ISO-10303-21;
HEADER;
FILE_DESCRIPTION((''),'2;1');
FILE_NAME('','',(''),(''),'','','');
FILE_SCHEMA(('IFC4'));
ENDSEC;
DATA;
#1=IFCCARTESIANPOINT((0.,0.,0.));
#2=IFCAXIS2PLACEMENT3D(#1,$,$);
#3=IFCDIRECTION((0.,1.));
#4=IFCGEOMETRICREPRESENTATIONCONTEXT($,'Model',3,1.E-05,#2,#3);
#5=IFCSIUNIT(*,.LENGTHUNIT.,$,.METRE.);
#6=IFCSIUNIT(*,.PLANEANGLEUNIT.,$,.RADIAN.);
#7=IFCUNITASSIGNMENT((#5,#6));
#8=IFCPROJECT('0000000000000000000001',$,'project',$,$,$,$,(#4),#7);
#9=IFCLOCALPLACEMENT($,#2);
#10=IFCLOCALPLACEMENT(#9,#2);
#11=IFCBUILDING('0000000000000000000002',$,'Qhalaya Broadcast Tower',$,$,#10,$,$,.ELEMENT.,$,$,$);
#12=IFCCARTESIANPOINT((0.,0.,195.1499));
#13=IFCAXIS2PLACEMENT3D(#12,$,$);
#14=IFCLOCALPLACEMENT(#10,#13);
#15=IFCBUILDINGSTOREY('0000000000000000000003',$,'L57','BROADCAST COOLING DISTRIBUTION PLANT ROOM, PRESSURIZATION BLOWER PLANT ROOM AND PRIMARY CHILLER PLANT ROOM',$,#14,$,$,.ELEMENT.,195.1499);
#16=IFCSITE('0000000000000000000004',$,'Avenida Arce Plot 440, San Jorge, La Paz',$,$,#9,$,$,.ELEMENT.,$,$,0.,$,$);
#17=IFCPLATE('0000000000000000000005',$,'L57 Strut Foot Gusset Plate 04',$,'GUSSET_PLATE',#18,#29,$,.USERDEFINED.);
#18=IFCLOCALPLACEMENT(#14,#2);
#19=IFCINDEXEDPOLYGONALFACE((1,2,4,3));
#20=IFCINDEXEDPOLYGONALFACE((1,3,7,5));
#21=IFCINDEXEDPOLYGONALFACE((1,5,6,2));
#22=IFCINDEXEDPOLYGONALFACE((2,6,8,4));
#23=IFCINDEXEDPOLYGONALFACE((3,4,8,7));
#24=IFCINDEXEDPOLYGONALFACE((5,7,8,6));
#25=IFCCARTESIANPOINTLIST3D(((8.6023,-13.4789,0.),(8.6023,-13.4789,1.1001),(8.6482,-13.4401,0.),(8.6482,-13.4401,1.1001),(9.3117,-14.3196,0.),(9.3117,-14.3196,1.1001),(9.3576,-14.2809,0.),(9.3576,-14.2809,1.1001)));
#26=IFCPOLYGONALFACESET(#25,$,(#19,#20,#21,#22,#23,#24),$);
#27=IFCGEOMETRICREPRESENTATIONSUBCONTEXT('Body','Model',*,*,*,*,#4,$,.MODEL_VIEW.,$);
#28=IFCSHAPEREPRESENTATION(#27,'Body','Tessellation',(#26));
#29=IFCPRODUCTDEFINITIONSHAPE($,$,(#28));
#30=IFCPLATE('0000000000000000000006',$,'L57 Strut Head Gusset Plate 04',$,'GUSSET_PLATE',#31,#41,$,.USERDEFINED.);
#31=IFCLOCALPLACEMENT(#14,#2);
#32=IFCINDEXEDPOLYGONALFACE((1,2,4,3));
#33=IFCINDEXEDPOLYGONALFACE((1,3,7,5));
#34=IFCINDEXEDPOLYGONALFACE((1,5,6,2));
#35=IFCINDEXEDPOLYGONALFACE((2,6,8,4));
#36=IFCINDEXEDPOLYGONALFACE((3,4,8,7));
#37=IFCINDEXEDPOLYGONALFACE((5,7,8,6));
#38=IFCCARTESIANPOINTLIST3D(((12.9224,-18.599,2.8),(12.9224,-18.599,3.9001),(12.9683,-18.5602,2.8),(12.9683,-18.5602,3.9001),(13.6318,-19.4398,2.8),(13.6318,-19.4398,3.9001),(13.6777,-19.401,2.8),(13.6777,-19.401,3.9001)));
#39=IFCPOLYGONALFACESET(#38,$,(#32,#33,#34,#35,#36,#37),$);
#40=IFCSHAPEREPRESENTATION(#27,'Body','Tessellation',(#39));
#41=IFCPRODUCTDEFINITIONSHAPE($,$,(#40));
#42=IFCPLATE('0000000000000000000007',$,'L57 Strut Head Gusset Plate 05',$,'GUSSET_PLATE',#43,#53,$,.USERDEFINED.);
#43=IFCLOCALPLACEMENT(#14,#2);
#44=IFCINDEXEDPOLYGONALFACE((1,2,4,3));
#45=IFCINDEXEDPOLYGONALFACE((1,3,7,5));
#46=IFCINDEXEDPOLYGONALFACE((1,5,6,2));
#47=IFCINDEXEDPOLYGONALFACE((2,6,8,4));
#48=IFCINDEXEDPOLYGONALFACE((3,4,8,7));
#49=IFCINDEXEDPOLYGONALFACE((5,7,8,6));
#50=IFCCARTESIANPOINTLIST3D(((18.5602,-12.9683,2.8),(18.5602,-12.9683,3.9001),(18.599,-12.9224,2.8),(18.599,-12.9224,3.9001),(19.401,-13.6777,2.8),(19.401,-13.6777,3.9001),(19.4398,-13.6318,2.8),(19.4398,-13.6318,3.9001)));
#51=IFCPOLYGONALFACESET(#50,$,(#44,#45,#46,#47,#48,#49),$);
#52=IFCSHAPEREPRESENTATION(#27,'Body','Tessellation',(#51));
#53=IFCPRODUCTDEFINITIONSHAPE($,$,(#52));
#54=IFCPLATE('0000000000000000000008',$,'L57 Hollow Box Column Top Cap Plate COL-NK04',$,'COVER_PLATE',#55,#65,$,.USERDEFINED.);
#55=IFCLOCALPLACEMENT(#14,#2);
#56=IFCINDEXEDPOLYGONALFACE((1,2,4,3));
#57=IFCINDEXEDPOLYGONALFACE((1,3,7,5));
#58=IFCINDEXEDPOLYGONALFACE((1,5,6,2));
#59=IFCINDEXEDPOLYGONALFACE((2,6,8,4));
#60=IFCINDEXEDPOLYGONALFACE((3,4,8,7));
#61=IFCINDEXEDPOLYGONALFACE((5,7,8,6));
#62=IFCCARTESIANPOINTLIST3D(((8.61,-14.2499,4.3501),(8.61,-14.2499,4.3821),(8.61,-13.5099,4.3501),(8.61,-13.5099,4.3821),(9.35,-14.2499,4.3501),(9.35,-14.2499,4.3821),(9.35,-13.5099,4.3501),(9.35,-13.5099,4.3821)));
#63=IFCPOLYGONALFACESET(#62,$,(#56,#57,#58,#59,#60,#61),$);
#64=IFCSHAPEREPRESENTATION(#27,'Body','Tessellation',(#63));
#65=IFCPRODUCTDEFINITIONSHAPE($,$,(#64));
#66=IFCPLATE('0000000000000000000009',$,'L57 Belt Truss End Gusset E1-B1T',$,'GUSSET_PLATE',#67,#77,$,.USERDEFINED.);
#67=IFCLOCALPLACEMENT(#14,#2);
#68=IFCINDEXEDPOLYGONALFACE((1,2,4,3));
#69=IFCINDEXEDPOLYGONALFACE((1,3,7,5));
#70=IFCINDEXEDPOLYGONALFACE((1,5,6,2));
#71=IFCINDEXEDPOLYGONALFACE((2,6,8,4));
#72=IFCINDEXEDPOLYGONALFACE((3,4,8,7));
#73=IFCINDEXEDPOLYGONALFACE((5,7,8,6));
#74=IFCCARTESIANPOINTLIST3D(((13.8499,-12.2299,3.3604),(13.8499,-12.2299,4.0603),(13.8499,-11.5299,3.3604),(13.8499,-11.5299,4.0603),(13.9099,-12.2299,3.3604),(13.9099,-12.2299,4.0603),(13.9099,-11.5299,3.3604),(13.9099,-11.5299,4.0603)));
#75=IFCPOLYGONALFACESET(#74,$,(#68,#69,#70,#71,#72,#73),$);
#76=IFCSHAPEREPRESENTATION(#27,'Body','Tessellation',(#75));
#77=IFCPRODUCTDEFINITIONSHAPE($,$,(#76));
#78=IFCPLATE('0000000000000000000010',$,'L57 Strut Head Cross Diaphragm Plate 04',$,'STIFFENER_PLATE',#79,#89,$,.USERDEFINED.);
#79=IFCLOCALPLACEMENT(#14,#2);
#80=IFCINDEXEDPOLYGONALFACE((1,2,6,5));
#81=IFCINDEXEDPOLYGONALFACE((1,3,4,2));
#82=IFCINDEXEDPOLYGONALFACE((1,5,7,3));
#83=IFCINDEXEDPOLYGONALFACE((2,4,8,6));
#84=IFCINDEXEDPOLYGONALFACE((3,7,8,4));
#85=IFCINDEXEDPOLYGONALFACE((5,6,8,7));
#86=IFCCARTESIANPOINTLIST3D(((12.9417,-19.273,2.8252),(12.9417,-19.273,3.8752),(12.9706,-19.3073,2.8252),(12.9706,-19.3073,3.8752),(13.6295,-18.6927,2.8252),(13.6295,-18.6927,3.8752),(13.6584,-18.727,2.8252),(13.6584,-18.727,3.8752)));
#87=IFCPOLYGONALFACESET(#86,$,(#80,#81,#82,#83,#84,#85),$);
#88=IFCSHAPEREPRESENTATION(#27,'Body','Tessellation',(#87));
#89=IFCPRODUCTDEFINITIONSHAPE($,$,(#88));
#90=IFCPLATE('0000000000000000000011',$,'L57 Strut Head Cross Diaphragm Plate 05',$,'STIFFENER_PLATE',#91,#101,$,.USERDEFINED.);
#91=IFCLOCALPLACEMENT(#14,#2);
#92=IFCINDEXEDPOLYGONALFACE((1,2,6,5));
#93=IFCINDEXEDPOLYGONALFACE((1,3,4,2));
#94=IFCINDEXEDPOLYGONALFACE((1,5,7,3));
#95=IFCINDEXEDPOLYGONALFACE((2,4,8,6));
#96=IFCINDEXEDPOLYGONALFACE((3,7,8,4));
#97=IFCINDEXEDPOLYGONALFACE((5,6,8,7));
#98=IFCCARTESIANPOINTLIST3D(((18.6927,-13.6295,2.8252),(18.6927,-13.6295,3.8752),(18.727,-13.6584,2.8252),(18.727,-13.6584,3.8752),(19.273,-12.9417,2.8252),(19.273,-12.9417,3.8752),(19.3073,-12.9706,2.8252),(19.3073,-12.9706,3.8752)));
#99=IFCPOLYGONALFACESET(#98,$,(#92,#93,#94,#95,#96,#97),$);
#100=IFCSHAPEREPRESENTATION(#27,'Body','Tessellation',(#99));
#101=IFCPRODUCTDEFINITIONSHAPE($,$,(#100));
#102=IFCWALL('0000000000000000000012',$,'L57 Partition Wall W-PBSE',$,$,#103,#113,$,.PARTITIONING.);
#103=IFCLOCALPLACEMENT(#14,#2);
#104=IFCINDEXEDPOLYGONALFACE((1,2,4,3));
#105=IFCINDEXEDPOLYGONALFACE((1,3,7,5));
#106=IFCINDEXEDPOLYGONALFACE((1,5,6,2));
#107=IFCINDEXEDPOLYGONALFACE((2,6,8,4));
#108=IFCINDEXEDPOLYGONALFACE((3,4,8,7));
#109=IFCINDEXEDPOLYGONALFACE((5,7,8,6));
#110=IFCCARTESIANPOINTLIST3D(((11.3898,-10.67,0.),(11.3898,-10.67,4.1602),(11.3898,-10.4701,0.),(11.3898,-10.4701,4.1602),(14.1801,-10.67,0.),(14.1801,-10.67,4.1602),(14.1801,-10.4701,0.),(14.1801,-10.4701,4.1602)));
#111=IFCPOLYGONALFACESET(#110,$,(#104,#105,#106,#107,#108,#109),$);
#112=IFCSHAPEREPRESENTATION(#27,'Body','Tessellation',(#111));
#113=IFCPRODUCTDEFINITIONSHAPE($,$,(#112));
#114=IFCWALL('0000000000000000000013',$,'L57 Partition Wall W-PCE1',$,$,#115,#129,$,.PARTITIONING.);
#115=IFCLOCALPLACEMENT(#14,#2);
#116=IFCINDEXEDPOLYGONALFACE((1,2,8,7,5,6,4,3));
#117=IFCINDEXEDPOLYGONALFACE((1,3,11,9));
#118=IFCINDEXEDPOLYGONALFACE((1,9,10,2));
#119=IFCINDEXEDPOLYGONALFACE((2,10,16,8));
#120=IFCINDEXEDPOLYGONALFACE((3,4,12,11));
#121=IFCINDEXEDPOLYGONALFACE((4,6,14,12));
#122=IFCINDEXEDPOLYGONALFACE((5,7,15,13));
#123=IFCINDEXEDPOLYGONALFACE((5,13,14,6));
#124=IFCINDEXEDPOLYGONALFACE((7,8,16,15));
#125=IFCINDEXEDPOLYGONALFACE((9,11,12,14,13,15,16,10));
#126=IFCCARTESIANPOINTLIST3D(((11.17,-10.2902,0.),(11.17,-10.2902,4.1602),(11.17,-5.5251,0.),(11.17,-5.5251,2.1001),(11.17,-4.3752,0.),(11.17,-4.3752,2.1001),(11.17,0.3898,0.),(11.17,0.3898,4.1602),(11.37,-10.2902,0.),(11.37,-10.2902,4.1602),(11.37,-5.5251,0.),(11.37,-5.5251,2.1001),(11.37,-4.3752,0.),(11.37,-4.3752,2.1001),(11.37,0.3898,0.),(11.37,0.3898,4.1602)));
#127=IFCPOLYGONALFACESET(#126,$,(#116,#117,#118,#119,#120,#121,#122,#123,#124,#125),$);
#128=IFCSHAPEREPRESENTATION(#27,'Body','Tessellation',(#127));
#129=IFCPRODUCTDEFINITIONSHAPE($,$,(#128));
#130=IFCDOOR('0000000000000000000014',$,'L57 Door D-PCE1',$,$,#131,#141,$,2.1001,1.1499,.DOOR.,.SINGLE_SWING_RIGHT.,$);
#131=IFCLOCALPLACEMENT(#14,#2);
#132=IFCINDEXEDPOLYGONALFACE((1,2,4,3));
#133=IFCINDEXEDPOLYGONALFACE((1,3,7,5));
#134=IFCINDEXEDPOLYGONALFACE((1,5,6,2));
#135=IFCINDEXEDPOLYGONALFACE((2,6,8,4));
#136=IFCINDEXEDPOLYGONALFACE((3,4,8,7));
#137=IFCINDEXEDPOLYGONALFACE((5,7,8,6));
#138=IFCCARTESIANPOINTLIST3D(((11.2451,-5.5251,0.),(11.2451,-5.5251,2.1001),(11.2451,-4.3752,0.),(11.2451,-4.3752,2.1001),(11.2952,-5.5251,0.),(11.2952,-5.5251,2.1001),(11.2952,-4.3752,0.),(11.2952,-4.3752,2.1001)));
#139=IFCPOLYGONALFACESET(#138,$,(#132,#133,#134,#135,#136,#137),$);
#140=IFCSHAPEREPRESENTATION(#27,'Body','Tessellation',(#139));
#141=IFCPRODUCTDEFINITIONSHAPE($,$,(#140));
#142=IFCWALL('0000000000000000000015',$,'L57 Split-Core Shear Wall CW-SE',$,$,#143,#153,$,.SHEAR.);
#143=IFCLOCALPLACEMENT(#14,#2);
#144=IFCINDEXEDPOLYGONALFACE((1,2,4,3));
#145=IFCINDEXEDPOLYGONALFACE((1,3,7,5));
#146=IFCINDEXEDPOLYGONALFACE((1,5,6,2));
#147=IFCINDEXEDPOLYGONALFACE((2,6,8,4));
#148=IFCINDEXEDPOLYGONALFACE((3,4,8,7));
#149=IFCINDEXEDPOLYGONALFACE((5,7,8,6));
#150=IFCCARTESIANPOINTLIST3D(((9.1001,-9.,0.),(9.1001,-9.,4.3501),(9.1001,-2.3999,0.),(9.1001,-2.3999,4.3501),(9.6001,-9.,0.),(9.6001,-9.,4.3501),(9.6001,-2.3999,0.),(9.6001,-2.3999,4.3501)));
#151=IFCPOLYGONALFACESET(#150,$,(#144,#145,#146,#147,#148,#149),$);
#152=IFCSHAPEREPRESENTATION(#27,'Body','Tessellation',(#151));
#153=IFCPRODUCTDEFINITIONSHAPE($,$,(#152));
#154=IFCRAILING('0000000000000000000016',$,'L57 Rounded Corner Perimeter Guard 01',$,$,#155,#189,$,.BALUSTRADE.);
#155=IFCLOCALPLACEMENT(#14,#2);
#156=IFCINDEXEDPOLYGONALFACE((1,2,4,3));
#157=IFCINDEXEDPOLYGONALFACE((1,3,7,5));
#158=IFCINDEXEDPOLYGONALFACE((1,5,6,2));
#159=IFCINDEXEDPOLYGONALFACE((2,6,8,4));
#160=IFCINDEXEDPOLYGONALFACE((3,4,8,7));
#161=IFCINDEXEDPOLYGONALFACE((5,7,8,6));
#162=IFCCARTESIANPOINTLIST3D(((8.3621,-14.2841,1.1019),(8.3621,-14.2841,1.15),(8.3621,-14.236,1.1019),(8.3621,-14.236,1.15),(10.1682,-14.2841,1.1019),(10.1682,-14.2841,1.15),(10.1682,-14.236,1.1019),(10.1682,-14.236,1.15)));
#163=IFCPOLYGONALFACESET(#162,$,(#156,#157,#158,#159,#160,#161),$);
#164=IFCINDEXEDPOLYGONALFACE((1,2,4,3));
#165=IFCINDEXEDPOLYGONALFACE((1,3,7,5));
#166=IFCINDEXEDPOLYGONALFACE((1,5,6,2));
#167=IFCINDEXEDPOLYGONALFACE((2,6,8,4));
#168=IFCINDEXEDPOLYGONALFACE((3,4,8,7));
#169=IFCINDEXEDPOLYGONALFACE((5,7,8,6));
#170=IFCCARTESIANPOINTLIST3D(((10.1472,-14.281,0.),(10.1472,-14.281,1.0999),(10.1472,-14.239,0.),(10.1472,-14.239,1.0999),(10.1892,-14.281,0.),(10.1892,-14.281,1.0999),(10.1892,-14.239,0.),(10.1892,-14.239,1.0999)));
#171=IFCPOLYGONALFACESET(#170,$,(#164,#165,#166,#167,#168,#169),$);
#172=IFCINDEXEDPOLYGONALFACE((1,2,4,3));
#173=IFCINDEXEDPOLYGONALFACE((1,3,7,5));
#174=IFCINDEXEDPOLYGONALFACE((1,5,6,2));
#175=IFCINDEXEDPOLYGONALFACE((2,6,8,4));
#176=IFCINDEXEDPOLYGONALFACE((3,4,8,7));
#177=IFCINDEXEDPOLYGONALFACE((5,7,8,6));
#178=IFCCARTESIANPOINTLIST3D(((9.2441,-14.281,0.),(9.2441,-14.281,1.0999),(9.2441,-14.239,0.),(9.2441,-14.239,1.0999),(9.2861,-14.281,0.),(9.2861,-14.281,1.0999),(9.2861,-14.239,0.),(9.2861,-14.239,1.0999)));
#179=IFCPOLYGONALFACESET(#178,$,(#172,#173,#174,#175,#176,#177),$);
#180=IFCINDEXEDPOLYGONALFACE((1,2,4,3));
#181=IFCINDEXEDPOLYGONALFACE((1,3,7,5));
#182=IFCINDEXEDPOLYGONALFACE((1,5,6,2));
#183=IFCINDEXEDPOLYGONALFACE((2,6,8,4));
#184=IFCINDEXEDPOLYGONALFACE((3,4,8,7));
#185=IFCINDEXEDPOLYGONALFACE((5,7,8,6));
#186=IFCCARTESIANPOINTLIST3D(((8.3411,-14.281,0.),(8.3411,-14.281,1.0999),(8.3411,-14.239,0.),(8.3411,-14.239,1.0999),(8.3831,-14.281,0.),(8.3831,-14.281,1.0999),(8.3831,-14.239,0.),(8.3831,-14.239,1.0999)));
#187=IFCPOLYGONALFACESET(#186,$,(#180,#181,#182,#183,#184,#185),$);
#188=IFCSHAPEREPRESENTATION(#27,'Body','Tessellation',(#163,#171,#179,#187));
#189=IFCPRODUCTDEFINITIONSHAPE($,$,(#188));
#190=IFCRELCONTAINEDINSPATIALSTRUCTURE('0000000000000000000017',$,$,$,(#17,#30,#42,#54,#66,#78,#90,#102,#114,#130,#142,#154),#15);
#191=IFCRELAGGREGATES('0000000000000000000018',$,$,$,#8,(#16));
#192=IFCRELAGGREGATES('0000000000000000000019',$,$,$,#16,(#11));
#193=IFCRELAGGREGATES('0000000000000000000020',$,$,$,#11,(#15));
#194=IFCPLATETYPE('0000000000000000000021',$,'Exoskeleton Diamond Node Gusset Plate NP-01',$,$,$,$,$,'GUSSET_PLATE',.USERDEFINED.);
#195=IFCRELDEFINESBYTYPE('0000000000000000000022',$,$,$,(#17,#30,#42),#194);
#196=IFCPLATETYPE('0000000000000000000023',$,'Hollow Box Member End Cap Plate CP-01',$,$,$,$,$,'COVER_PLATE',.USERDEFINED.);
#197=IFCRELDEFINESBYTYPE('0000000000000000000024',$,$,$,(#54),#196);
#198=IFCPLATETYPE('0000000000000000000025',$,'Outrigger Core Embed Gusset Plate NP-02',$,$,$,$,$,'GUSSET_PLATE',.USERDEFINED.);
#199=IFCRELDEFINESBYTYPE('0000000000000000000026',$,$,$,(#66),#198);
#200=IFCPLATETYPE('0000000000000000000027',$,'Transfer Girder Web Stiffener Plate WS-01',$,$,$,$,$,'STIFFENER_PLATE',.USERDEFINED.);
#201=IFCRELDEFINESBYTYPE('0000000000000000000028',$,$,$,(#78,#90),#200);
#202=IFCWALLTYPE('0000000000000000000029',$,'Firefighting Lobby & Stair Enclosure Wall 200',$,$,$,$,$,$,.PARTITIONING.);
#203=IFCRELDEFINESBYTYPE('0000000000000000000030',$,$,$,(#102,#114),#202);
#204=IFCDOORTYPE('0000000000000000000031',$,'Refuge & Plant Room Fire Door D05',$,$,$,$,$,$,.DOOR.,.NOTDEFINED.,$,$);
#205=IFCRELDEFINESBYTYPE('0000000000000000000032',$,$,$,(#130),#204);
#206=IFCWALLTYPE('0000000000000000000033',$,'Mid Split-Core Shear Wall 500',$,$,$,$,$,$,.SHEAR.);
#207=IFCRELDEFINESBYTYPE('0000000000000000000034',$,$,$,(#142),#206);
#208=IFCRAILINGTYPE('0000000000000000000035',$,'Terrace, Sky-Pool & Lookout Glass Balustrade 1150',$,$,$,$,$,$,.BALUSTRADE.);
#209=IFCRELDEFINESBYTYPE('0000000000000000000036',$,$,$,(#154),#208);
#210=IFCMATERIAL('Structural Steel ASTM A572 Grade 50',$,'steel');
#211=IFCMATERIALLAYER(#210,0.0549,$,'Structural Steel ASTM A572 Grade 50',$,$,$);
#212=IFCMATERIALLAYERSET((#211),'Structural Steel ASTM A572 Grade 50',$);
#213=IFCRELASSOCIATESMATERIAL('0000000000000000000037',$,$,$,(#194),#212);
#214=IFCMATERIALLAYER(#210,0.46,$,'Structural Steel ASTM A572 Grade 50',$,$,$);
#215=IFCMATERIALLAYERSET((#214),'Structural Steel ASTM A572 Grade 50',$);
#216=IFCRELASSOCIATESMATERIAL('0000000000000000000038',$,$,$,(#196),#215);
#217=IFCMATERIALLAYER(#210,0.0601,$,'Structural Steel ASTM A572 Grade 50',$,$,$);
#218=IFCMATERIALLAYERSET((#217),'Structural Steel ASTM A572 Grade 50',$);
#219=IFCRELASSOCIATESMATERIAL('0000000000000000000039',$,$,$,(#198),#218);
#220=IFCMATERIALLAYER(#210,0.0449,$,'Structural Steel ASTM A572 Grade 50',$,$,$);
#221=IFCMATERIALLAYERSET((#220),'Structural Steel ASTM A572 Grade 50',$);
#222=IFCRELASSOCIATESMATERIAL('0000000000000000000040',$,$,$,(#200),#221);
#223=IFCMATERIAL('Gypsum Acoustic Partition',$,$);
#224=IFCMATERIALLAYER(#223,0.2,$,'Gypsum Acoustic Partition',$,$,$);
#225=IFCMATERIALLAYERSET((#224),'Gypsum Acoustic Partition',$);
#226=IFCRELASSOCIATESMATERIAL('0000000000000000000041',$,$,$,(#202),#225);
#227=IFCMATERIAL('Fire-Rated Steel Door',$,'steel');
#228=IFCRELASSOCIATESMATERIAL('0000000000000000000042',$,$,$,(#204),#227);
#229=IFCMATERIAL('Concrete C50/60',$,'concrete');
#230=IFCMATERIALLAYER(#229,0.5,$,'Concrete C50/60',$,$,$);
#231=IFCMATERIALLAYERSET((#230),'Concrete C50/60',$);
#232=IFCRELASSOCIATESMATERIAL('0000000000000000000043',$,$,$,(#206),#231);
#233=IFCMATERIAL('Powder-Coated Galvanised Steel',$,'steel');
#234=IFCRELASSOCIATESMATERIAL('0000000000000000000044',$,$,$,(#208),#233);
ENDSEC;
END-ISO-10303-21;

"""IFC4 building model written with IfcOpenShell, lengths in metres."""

from ifc_helpers import new_model, si_unit, direction, frame, frame_2d, origin, origin_2d, place, context, subcontext, project, spatial, rectangle, extrude, material, layer, layer_set, type_object, element, fill, save


model = new_model("IFC4")

# Units and contexts
model_context = context("Model", 3, precision=1e-05, world=origin(), true_north=direction((0.0, 1.0)))
body_context = subcontext(model_context, "Body", "Model", "MODEL_VIEW")
ifc_project = project(units=[si_unit("LENGTHUNIT", "METRE"), si_unit("PLANEANGLEUNIT", "RADIAN")], contexts=[model_context])

# Site, building, storey
site_placement = place(None, origin())
site = spatial("IfcSite", under=ifc_project, at=site_placement, Name="Avenida Arce Plot 440, San Jorge, La Paz", CompositionType="ELEMENT", RefElevation=0.0)
building_placement = place(site_placement, origin())
building = spatial("IfcBuilding", under=site, at=building_placement, Name="Qhalaya Broadcast Tower", CompositionType="ELEMENT")
storey_placement = place(building_placement, frame((0.0, 0.0, 195.1499)))
storey = spatial("IfcBuildingStorey", under=building, at=storey_placement, Name="L57", Description="BROADCAST COOLING DISTRIBUTION PLANT ROOM, PRESSURIZATION BLOWER PLANT ROOM AND PRIMARY CHILLER PLANT ROOM", CompositionType="ELEMENT", Elevation=195.1499)

# Shared definitions
ifc_material_1 = material(Name="Structural Steel ASTM A572 Grade 50", Category="steel")

# Plates
ifc_layer_1 = layer(ifc_material_1, 0.0549, Name="Structural Steel ASTM A572 Grade 50")
ifc_layer_set_1 = layer_set([ifc_layer_1], Name="Structural Steel ASTM A572 Grade 50")
plate_type_1 = type_object("IfcPlateType", Name="Exoskeleton Diamond Node Gusset Plate NP-01", ElementType="GUSSET_PLATE", PredefinedType="USERDEFINED", material=ifc_layer_set_1)
for number, where, z_axis, x_axis, name in (
    (1, (8.98, -13.8799, 0.0), (0.0, 0.0, 1.0), (0.644871, -0.764291, 0.0), "L57 Strut Foot Gusset Plate 04"),
    (2, (13.3, -19.0, 2.8), (0.0, 0.0, 1.0), (0.644871, -0.764291, 0.0), "L57 Strut Head Gusset Plate 04"),
    (3, (19.0, -13.3, 2.8), (0.0, 0.0, 1.0), (0.764291, -0.644871, 0.0), "L57 Strut Head Gusset Plate 05"),
):
    element("IfcPlate", number, at=place(storey_placement, frame(where, z_axis=z_axis, x_axis=x_axis)), inside=storey, type_object=plate_type_1, Name=name, ObjectType="GUSSET_PLATE", PredefinedType="USERDEFINED", context=body_context, shape_type="SweptSolid", body=[
        extrude(rectangle(XDim=1.1001, YDim=0.0601, at=origin_2d()), origin(), (0.0, 0.0, 1.0), 1.1001),
    ])
ifc_layer_2 = layer(ifc_material_1, 0.46, Name="Structural Steel ASTM A572 Grade 50")
ifc_layer_set_2 = layer_set([ifc_layer_2], Name="Structural Steel ASTM A572 Grade 50")
plate_type_2 = type_object("IfcPlateType", Name="Hollow Box Member End Cap Plate CP-01", ElementType="COVER_PLATE", PredefinedType="USERDEFINED", material=ifc_layer_set_2)
plate_1_placement = place(storey_placement, frame((8.98, -13.8799, 4.3501), z_axis=(0.0, 0.0, 1.0), x_axis=(1.0, 0.0, 0.0)))
element("IfcPlate", 4, at=plate_1_placement, inside=storey, type_object=plate_type_2, Name="L57 Hollow Box Column Top Cap Plate COL-NK04", ObjectType="COVER_PLATE", PredefinedType="USERDEFINED", context=body_context, shape_type="SweptSolid", body=[
    extrude(rectangle(XDim=0.74, YDim=0.74, at=origin_2d()), origin(), (0.0, 0.0, 1.0), 0.032),
])
ifc_layer_3 = layer(ifc_material_1, 0.0601, Name="Structural Steel ASTM A572 Grade 50")
ifc_layer_set_3 = layer_set([ifc_layer_3], Name="Structural Steel ASTM A572 Grade 50")
plate_type_3 = type_object("IfcPlateType", Name="Outrigger Core Embed Gusset Plate NP-02", ElementType="GUSSET_PLATE", PredefinedType="USERDEFINED", material=ifc_layer_set_3)
plate_2_placement = place(storey_placement, frame((13.8799, -11.8799, 3.3604), z_axis=(0.0, 0.0, 1.0), x_axis=(0.0, 1.0, 0.0)))
element("IfcPlate", 5, at=plate_2_placement, inside=storey, type_object=plate_type_3, Name="L57 Belt Truss End Gusset E1-B1T", ObjectType="GUSSET_PLATE", PredefinedType="USERDEFINED", context=body_context, shape_type="SweptSolid", body=[
    extrude(rectangle(XDim=0.7, YDim=0.0601, at=origin_2d()), origin(), (0.0, 0.0, 1.0), 0.7),
])
ifc_layer_4 = layer(ifc_material_1, 0.0449, Name="Structural Steel ASTM A572 Grade 50")
ifc_layer_set_4 = layer_set([ifc_layer_4], Name="Structural Steel ASTM A572 Grade 50")
plate_type_4 = type_object("IfcPlateType", Name="Transfer Girder Web Stiffener Plate WS-01", ElementType="STIFFENER_PLATE", PredefinedType="USERDEFINED", material=ifc_layer_set_4)
for number, where, z_axis, x_axis, name in (
    (6, (13.3, -19.0, 2.8252), (0.0, 0.0, 1.0), (0.764291, 0.644871, 0.0), "L57 Strut Head Cross Diaphragm Plate 04"),
    (7, (19.0, -13.3, 2.8252), (0.0, 0.0, 1.0), (0.644871, 0.764291, 0.0), "L57 Strut Head Cross Diaphragm Plate 05"),
):
    element("IfcPlate", number, at=place(storey_placement, frame(where, z_axis=z_axis, x_axis=x_axis)), inside=storey, type_object=plate_type_4, Name=name, ObjectType="STIFFENER_PLATE", PredefinedType="USERDEFINED", context=body_context, shape_type="SweptSolid", body=[
        extrude(rectangle(XDim=0.8999, YDim=0.0449, at=origin_2d()), origin(), (0.0, 0.0, 1.0), 1.05),
    ])

# Wall
ifc_material_2 = material(Name="Gypsum Acoustic Partition")
ifc_layer_5 = layer(ifc_material_2, 0.2, Name="Gypsum Acoustic Partition")
ifc_layer_set_5 = layer_set([ifc_layer_5], Name="Gypsum Acoustic Partition")
wall_type_1 = type_object("IfcWallType", Name="Firefighting Lobby & Stair Enclosure Wall 200", PredefinedType="PARTITIONING", material=ifc_layer_set_5)
wall_1_placement = place(storey_placement, frame((11.3899, -10.5701, 0.0), z_axis=(0.0, 0.0, 1.0), x_axis=(1.0, 0.0, 0.0)))
element("IfcWall", 8, at=wall_1_placement, inside=storey, type_object=wall_type_1, Name="L57 Partition Wall W-PBSE", PredefinedType="PARTITIONING", context=body_context, shape_type="SweptSolid", body=[
    extrude(rectangle(XDim=2.7903, YDim=0.2, at=frame_2d((1.395, 0.0))), origin(), (0.0, 0.0, 1.0), 4.1602),
])

# Wall, opening, door
wall_2_placement = place(storey_placement, frame((11.27, -10.29, 0.0), z_axis=(0.0, 0.0, 1.0), x_axis=(0.0, 1.0, 0.0)))
wall_2 = element("IfcWall", 9, at=wall_2_placement, inside=storey, type_object=wall_type_1, Name="L57 Partition Wall W-PCE1", PredefinedType="PARTITIONING", context=body_context, shape_type="SweptSolid", body=[
    extrude(rectangle(XDim=10.6799, YDim=0.2, at=frame_2d((5.3398, 0.0))), origin(), (0.0, 0.0, 1.0), 4.1602),
])
opening_placement = place(wall_2_placement, frame((4.7649, 0.0, 0.0)))
opening = element("IfcOpeningElement", 10, at=opening_placement, cuts=wall_2, PredefinedType="OPENING", context=body_context, shape_type="SweptSolid", body=[
    extrude(rectangle(XDim=1.1499, YDim=2.1001, at=frame_2d((0.575, 1.05))), frame((0.0, 0.1121, 0.0), z_axis=(0.0, -1.0, 0.0), x_axis=(1.0, 0.0, 0.0)), (0.0, 0.0, 1.0), 0.2239),
])
ifc_material_3 = material(Name="Fire-Rated Steel Door", Category="steel")
door_type = type_object("IfcDoorType", Name="Refuge & Plant Room Fire Door D05", OperationType="NOTDEFINED", PredefinedType="DOOR", material=ifc_material_3)
door_placement = place(opening_placement, origin())
door = element("IfcDoor", 11, at=door_placement, inside=storey, type_object=door_type, Name="L57 Door D-PCE1", OperationType="SINGLE_SWING_RIGHT", OverallHeight=2.1001, OverallWidth=1.1499, PredefinedType="DOOR", context=body_context, shape_type="SweptSolid", body=[
    extrude(rectangle(XDim=1.1499, YDim=2.1001, at=frame_2d((0.575, 1.05))), frame((0.0, 0.0249, 0.0), z_axis=(0.0, -1.0, 0.0), x_axis=(1.0, 0.0, 0.0)), (0.0, 0.0, 1.0), 0.05),
])
fill(opening, door)

# Wall
ifc_material_4 = material(Name="Concrete C50/60", Category="concrete")
ifc_layer_6 = layer(ifc_material_4, 0.5, Name="Concrete C50/60")
ifc_layer_set_6 = layer_set([ifc_layer_6], Name="Concrete C50/60")
wall_type_2 = type_object("IfcWallType", Name="Mid Split-Core Shear Wall 500", PredefinedType="SHEAR", material=ifc_layer_set_6)
wall_3_placement = place(storey_placement, frame((9.3501, -9.0, 0.0), z_axis=(0.0, 0.0, 1.0), x_axis=(0.0, 1.0, 0.0)))
element("IfcWall", 12, at=wall_3_placement, inside=storey, type_object=wall_type_2, Name="L57 Split-Core Shear Wall CW-SE", PredefinedType="SHEAR", context=body_context, shape_type="SweptSolid", body=[
    extrude(rectangle(XDim=6.6001, YDim=0.5, at=frame_2d((3.3, 0.0))), origin(), (0.0, 0.0, 1.0), 4.3501),
])

# Railing
ifc_material_5 = material(Name="Powder-Coated Galvanised Steel", Category="steel")
railing_type = type_object("IfcRailingType", Name="Terrace, Sky-Pool & Lookout Glass Balustrade 1150", PredefinedType="BALUSTRADE", material=ifc_material_5)
railing_placement = place(storey_placement, frame((10.1682, -14.26, 0.0)))
element("IfcRailing", 13, at=railing_placement, inside=storey, type_object=railing_type, Name="L57 Rounded Corner Perimeter Guard 01", PredefinedType="BALUSTRADE", context=body_context, shape_type="SweptSolid", body=[
    extrude(rectangle(XDim=0.0481, YDim=0.0481, at=origin_2d()), frame((0.0, 0.0, 1.126), z_axis=(-1.0, 0.0, 0.0), x_axis=(0.0, -1.0, 0.0)), (0.0, 0.0, 1.0), 1.8062),
    extrude(rectangle(XDim=0.042, YDim=0.042, at=origin_2d()), origin(), (0.0, 0.0, 1.0), 1.0999),
    extrude(rectangle(XDim=0.042, YDim=0.042, at=origin_2d()), frame((-0.9031, 0.0, 0.0)), (0.0, 0.0, 1.0), 1.0999),
    extrude(rectangle(XDim=0.042, YDim=0.042, at=origin_2d()), frame((-1.8062, 0.0, 0.0)), (0.0, 0.0, 1.0), 1.0999),
])

save(model, "model.ifc")
